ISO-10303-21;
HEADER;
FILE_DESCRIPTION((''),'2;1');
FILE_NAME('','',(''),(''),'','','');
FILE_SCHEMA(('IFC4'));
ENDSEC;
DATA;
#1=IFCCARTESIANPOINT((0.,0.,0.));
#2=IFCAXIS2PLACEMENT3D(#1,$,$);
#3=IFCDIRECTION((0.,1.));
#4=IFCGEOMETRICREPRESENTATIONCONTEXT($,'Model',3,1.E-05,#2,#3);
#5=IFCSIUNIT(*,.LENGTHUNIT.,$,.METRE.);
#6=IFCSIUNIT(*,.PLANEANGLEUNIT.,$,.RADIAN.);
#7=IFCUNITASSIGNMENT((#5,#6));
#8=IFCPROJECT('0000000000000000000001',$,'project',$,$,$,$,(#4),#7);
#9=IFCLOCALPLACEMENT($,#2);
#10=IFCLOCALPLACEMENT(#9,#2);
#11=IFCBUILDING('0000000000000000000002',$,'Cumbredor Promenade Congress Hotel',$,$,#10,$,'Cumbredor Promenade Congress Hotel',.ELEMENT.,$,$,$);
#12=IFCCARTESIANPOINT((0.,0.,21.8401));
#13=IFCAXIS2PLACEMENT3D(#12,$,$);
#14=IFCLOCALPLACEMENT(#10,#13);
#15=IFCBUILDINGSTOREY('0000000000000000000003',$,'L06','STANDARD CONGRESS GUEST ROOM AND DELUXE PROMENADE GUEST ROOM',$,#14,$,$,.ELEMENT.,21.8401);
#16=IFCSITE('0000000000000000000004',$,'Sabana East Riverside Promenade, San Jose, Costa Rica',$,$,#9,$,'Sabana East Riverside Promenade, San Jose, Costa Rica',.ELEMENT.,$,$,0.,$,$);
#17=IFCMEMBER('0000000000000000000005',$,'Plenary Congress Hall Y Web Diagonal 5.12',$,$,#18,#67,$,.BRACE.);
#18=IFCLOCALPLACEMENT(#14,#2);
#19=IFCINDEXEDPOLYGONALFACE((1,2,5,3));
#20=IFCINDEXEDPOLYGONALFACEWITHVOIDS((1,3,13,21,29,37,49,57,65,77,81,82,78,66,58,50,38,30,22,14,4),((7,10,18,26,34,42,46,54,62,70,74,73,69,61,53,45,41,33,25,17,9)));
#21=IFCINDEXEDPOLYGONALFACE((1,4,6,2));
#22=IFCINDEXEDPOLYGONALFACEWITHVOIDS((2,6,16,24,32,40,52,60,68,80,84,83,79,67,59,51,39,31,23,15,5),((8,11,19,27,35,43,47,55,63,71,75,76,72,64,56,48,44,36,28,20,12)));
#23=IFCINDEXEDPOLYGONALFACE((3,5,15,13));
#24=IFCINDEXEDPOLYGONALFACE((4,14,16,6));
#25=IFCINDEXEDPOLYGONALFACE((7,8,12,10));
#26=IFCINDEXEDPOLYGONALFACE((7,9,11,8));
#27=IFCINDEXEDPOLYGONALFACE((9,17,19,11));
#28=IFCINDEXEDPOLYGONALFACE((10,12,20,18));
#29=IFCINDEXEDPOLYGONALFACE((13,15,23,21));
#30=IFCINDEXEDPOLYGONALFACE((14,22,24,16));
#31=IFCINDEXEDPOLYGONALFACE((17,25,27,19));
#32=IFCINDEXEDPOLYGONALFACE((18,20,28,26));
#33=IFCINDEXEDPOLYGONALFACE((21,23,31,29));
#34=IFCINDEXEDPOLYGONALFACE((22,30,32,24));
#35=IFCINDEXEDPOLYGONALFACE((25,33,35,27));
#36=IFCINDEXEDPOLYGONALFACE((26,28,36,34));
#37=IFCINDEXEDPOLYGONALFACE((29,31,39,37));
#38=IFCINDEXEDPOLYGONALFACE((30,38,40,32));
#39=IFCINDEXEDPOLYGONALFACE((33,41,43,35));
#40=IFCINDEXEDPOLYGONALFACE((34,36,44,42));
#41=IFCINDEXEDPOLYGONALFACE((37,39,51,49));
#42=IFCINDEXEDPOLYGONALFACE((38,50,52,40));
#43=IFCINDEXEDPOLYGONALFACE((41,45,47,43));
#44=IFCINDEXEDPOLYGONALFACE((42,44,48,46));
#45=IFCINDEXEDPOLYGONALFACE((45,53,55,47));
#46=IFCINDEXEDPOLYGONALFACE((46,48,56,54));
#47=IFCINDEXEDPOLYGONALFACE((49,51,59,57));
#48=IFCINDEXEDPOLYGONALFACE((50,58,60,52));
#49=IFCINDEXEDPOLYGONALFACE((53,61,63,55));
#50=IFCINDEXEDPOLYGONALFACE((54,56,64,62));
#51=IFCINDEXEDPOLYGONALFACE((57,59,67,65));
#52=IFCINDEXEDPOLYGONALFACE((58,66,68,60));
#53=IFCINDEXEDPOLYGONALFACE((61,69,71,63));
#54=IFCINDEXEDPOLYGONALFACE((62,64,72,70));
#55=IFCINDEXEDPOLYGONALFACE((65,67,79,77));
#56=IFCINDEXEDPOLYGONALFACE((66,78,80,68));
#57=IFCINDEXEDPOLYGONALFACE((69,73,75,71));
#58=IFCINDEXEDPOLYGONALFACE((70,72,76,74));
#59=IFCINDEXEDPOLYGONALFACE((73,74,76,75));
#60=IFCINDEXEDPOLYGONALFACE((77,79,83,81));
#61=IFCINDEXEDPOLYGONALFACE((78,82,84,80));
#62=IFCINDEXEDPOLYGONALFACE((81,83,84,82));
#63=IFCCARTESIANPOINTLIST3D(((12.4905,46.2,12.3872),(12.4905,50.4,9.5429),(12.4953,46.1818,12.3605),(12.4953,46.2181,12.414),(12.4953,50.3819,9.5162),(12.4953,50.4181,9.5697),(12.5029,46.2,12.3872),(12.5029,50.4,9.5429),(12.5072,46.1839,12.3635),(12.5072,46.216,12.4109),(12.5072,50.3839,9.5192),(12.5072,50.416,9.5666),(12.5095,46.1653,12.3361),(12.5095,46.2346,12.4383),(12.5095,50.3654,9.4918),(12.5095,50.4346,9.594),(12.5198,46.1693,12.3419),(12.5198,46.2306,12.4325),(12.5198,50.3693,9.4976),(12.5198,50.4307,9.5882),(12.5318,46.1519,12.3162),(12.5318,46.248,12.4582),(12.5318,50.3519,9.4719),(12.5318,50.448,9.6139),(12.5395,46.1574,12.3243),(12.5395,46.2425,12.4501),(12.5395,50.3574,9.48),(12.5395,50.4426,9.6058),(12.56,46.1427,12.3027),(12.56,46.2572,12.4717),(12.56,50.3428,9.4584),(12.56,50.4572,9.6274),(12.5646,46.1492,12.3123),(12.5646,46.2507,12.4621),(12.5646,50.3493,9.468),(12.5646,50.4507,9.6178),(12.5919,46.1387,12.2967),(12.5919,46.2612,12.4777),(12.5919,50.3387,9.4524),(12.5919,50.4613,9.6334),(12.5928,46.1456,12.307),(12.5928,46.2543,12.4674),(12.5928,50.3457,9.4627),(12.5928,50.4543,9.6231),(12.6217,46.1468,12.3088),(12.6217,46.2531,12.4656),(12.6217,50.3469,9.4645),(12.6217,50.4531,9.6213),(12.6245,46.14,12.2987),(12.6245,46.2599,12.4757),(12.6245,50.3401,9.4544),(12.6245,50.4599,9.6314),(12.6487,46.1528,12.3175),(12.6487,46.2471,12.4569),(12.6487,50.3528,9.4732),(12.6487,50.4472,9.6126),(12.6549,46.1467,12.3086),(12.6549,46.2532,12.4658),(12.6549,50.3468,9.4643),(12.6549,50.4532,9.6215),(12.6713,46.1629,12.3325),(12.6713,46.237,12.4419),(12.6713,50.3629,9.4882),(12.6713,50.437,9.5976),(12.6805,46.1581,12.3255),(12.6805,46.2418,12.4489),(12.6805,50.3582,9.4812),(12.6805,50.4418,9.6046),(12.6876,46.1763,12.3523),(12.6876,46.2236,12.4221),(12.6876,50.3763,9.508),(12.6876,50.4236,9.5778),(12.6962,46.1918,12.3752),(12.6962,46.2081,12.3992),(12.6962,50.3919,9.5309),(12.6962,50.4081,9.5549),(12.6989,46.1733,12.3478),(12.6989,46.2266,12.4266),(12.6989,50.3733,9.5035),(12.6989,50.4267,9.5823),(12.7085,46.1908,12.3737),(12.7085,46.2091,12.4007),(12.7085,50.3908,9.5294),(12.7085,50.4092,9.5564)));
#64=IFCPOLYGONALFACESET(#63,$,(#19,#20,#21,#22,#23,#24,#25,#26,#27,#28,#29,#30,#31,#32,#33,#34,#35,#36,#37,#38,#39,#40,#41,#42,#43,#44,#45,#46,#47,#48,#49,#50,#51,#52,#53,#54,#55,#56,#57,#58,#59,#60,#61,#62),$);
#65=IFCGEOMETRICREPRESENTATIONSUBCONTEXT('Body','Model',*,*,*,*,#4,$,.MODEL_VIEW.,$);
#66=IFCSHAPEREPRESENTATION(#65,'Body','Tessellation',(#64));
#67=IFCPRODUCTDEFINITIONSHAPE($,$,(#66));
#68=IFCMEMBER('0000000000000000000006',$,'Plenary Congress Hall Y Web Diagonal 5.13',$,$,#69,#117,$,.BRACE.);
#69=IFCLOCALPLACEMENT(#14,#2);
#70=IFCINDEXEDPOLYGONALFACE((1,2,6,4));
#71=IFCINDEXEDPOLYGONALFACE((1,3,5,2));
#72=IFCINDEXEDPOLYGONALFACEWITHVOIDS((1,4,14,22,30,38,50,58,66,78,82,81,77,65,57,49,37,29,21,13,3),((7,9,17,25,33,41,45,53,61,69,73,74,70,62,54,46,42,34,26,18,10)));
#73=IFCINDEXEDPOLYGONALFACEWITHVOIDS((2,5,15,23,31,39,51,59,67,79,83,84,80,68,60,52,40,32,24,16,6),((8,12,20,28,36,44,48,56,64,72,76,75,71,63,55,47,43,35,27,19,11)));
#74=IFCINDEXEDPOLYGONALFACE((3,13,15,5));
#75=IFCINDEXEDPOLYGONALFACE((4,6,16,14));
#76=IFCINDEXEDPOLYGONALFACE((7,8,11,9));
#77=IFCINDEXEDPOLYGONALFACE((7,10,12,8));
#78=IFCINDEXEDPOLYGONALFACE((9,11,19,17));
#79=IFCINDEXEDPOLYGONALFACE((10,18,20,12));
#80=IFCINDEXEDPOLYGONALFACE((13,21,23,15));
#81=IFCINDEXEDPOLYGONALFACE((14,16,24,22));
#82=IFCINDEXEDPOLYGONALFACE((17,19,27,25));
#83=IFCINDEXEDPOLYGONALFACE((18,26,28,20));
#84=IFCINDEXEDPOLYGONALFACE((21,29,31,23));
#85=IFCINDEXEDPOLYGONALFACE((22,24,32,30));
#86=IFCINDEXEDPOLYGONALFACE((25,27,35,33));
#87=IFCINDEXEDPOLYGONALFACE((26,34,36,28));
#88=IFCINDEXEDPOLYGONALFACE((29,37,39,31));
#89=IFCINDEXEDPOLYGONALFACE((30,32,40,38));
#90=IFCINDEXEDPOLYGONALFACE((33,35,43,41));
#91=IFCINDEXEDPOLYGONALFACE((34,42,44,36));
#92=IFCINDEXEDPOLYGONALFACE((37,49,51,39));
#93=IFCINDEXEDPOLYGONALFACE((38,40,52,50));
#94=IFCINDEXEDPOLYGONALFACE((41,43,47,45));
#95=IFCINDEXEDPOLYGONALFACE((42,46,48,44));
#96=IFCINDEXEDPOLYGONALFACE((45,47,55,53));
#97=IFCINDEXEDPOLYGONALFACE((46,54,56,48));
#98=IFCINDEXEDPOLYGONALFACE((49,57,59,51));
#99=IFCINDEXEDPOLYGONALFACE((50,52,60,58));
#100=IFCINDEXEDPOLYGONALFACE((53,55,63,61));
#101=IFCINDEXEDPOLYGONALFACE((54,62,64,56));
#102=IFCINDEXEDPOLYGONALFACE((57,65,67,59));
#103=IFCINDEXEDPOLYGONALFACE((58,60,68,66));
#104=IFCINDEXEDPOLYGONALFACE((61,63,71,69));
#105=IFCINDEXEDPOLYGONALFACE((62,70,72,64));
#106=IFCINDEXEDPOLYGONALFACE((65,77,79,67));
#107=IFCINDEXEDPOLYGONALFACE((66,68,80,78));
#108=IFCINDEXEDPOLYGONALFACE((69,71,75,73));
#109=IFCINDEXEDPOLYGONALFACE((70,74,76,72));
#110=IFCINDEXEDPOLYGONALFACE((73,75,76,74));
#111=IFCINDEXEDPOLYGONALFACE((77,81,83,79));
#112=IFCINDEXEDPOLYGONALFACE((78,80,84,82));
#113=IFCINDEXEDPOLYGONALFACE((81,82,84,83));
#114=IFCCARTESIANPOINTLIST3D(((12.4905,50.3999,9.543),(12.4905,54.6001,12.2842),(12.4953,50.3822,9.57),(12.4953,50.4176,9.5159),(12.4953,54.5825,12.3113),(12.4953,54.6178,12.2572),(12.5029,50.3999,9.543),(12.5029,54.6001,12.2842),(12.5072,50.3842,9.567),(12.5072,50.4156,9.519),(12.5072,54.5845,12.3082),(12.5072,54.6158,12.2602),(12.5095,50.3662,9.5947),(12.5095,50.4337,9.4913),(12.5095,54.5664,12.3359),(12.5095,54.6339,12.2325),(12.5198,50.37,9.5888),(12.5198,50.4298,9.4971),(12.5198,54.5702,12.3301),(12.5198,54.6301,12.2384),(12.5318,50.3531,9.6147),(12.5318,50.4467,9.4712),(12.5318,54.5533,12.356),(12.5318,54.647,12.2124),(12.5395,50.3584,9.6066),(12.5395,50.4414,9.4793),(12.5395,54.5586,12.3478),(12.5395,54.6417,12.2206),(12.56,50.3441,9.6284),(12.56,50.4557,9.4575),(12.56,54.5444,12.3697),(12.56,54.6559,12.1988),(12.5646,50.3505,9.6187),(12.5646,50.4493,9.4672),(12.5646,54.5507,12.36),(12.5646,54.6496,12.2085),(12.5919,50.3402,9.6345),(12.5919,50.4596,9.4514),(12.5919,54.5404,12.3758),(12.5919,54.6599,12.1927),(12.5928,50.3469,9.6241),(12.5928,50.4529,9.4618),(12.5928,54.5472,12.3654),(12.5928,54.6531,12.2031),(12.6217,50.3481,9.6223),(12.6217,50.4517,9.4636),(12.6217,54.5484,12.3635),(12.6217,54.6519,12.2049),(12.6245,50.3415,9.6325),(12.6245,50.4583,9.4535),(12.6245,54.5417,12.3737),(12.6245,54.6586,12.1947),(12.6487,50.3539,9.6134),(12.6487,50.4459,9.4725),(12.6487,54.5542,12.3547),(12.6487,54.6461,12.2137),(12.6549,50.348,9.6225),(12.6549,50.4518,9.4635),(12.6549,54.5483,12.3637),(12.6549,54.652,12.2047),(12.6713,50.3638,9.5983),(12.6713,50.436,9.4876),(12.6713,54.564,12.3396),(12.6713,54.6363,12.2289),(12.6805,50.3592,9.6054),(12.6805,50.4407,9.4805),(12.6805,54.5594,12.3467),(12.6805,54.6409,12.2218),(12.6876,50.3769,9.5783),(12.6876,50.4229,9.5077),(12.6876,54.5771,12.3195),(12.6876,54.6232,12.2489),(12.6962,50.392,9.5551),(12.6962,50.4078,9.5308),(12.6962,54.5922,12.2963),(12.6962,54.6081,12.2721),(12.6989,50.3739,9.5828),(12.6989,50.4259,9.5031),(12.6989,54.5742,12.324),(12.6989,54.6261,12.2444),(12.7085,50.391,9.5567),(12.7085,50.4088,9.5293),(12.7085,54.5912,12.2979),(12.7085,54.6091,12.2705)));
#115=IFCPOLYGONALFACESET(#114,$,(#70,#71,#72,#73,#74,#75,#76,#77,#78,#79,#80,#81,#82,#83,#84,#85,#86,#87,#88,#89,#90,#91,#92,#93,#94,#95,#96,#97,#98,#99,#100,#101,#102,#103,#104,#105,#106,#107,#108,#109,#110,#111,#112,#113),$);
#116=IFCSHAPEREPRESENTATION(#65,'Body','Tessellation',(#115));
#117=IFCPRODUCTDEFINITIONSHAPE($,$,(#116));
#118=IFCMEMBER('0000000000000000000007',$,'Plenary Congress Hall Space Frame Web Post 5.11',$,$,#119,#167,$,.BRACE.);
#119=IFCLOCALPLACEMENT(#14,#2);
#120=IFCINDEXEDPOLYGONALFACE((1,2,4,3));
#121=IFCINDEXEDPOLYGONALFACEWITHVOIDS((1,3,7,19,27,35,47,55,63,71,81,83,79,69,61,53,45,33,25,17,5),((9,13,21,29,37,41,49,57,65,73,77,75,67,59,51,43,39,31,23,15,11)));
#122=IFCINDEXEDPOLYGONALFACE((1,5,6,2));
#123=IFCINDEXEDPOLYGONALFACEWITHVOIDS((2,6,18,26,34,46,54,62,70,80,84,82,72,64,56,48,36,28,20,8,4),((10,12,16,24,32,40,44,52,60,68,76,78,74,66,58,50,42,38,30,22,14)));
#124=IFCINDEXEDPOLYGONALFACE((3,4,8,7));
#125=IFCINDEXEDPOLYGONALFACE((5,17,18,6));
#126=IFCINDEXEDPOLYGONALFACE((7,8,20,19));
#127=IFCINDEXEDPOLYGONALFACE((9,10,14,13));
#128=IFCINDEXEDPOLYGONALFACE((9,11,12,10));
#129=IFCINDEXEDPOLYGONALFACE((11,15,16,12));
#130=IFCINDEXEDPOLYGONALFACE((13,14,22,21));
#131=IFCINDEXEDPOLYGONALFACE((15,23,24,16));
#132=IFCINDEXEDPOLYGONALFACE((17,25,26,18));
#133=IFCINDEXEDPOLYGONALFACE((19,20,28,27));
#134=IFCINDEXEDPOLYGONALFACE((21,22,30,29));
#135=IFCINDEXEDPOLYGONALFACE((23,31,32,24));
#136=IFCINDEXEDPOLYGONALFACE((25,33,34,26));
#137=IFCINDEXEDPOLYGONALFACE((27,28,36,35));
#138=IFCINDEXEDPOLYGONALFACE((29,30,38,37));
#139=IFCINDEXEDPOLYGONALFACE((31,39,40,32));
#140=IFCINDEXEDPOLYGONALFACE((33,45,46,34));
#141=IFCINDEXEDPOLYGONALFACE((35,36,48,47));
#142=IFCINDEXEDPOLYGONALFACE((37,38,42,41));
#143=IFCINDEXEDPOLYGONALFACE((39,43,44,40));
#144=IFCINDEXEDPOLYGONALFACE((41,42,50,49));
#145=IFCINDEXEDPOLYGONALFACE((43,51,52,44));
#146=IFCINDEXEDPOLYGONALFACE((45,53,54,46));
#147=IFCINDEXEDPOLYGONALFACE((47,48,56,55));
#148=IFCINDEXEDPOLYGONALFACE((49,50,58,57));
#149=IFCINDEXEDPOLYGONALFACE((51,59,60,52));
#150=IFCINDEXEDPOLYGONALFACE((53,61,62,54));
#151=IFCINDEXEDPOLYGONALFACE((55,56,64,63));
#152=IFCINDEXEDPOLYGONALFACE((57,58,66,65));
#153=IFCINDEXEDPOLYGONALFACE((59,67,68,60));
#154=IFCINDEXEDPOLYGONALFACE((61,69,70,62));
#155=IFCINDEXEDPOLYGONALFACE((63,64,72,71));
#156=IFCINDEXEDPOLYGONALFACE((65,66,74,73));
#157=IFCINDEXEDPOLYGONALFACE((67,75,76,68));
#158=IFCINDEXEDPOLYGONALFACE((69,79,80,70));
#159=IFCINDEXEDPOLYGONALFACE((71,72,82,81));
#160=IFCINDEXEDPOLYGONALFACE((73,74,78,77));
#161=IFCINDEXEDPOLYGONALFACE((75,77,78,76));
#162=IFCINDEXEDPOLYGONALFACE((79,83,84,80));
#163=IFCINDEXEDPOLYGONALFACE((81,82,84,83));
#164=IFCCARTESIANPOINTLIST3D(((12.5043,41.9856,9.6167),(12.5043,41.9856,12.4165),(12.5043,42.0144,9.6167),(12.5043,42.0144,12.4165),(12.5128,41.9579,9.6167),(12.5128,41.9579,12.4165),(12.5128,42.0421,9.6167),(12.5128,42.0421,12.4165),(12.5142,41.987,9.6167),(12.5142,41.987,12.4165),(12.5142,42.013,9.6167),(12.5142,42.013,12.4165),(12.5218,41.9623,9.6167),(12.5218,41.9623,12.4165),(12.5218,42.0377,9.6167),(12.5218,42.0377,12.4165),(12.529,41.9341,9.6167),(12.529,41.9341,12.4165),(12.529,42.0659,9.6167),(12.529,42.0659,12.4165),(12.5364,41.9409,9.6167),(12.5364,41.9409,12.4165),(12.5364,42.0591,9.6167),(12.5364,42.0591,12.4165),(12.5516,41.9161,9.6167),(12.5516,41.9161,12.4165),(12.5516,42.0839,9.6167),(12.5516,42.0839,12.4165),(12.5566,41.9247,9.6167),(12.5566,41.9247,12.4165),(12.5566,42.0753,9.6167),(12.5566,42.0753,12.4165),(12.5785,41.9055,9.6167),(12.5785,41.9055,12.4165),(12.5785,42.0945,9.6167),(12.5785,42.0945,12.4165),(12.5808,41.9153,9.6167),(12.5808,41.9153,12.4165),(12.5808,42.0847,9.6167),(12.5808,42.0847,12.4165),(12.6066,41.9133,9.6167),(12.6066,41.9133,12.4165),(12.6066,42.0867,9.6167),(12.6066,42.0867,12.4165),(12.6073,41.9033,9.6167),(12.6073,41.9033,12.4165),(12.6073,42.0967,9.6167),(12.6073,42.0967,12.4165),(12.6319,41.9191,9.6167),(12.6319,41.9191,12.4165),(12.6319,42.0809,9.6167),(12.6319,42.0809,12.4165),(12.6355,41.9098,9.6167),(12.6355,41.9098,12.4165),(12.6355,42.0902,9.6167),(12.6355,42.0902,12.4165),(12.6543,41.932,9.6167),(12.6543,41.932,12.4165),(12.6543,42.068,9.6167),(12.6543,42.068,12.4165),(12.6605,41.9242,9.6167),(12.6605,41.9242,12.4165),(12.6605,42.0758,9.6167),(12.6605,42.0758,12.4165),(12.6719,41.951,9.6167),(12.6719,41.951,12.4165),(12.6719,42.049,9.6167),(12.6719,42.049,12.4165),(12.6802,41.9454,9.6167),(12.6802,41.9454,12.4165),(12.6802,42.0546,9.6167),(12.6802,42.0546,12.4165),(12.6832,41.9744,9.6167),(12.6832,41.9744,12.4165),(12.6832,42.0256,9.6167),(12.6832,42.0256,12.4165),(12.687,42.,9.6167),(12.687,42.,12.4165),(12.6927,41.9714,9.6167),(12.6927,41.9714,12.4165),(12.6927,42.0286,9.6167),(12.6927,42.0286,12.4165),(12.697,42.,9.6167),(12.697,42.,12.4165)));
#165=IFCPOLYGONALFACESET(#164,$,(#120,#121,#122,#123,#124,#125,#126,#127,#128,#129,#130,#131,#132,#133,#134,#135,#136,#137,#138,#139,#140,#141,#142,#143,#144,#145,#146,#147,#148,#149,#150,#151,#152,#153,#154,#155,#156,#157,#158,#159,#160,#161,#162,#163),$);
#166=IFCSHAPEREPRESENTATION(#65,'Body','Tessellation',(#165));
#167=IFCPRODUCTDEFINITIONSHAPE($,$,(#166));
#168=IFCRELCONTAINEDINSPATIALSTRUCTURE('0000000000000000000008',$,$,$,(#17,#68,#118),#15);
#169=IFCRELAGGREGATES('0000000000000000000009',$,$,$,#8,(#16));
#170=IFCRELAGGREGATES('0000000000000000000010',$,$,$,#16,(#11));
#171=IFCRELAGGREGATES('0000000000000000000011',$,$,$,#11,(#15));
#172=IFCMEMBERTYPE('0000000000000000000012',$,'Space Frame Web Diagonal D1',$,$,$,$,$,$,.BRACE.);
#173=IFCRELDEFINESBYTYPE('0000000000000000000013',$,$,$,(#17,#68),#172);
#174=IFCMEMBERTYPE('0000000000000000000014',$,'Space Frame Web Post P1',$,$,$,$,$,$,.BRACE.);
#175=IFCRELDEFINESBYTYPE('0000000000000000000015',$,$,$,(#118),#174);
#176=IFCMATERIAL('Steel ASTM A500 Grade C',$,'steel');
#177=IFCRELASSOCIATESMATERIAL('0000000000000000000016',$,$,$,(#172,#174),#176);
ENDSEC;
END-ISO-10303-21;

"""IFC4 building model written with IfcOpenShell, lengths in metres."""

from ifc_helpers import new_model, si_unit, direction, frame, origin, origin_2d, place, context, subcontext, project, spatial, hollow_circle, extrude, material, material_profile, profile_set, type_object, element, save


model = new_model("IFC4")

# Units and contexts
model_context = context("Model", 3, precision=1e-05, world=origin(), true_north=direction((0.0, 1.0)))
body_context = subcontext(model_context, "Body", "Model", "MODEL_VIEW")
ifc_project = project(units=[si_unit("LENGTHUNIT", "METRE"), si_unit("PLANEANGLEUNIT", "RADIAN")], contexts=[model_context])

# Site, building, storey
site_placement = place(None, origin())
site = spatial("IfcSite", under=ifc_project, at=site_placement, Name="Sabana East Riverside Promenade, San Jose, Costa Rica", LongName="Sabana East Riverside Promenade, San Jose, Costa Rica", CompositionType="ELEMENT", RefElevation=0.0)
building_placement = place(site_placement, origin())
building = spatial("IfcBuilding", under=site, at=building_placement, Name="Cumbredor Promenade Congress Hotel", LongName="Cumbredor Promenade Congress Hotel", CompositionType="ELEMENT")
storey_placement = place(building_placement, frame((0.0, 0.0, 21.8401)))
storey = spatial("IfcBuildingStorey", under=building, at=storey_placement, Name="L06", Description="STANDARD CONGRESS GUEST ROOM AND DELUXE PROMENADE GUEST ROOM", CompositionType="ELEMENT", Elevation=21.8401)

# Members
ifc_material_1 = material(Name="Steel ASTM A500 Grade C", Category="steel")
ifc_material_profile_1 = material_profile(ifc_material_1, hollow_circle(Radius=0.1096, WallThickness=0.0125, at=origin_2d()), Name="CHS 219.1x12.5")
ifc_profile_set_1 = profile_set([ifc_material_profile_1], Name="Steel ASTM A500 Grade C")
member_type_1 = type_object("IfcMemberType", Name="Space Frame Web Diagonal D1", PredefinedType="BRACE", material=ifc_profile_set_1)
member_1_placement = place(storey_placement, frame((12.6001, 46.2, 12.3872), z_axis=(0.0, 0.828, -0.560728), x_axis=(-1.0, 0.0, 0.0)))
element("IfcMember", 1, at=member_1_placement, inside=storey, type_object=member_type_1, Name="Plenary Congress Hall Y Web Diagonal 5.12", PredefinedType="BRACE", context=body_context, shape_type="SweptSolid", body=[
    extrude(hollow_circle(Radius=0.1096, WallThickness=0.0125, at=origin_2d()), origin(), (0.0, 0.0, 1.0), 5.0725),
])
member_2_placement = place(storey_placement, frame((12.6001, 50.3999, 9.543), z_axis=(0.0, 0.837432, 0.546541), x_axis=(-1.0, 0.0, 0.0)))
element("IfcMember", 2, at=member_2_placement, inside=storey, type_object=member_type_1, Name="Plenary Congress Hall Y Web Diagonal 5.13", PredefinedType="BRACE", context=body_context, shape_type="SweptSolid", body=[
    extrude(hollow_circle(Radius=0.1096, WallThickness=0.0125, at=origin_2d()), origin(), (0.0, 0.0, 1.0), 5.0156),
])
ifc_material_profile_2 = material_profile(ifc_material_1, hollow_circle(Radius=0.0969, WallThickness=0.01, at=origin_2d()), Name="CHS 193.7x10")
ifc_profile_set_2 = profile_set([ifc_material_profile_2], Name="Steel ASTM A500 Grade C")
member_type_2 = type_object("IfcMemberType", Name="Space Frame Web Post P1", PredefinedType="BRACE", material=ifc_profile_set_2)
for number, where, z_axis, x_axis, name in (
    (3, (12.6001, 42.0, 9.6167), (0.0, 0.0, 1.0), (1.0, 0.0, 0.0), "Plenary Congress Hall Space Frame Web Post 5.11"),
):
    element("IfcMember", number, at=place(storey_placement, frame(where, z_axis=z_axis, x_axis=x_axis)), inside=storey, type_object=member_type_2, Name=name, PredefinedType="BRACE", context=body_context, shape_type="SweptSolid", body=[
        extrude(hollow_circle(Radius=0.0969, WallThickness=0.01, at=origin_2d()), origin(), (0.0, 0.0, 1.0), 2.7998),
    ])

save(model, "model.ifc")
